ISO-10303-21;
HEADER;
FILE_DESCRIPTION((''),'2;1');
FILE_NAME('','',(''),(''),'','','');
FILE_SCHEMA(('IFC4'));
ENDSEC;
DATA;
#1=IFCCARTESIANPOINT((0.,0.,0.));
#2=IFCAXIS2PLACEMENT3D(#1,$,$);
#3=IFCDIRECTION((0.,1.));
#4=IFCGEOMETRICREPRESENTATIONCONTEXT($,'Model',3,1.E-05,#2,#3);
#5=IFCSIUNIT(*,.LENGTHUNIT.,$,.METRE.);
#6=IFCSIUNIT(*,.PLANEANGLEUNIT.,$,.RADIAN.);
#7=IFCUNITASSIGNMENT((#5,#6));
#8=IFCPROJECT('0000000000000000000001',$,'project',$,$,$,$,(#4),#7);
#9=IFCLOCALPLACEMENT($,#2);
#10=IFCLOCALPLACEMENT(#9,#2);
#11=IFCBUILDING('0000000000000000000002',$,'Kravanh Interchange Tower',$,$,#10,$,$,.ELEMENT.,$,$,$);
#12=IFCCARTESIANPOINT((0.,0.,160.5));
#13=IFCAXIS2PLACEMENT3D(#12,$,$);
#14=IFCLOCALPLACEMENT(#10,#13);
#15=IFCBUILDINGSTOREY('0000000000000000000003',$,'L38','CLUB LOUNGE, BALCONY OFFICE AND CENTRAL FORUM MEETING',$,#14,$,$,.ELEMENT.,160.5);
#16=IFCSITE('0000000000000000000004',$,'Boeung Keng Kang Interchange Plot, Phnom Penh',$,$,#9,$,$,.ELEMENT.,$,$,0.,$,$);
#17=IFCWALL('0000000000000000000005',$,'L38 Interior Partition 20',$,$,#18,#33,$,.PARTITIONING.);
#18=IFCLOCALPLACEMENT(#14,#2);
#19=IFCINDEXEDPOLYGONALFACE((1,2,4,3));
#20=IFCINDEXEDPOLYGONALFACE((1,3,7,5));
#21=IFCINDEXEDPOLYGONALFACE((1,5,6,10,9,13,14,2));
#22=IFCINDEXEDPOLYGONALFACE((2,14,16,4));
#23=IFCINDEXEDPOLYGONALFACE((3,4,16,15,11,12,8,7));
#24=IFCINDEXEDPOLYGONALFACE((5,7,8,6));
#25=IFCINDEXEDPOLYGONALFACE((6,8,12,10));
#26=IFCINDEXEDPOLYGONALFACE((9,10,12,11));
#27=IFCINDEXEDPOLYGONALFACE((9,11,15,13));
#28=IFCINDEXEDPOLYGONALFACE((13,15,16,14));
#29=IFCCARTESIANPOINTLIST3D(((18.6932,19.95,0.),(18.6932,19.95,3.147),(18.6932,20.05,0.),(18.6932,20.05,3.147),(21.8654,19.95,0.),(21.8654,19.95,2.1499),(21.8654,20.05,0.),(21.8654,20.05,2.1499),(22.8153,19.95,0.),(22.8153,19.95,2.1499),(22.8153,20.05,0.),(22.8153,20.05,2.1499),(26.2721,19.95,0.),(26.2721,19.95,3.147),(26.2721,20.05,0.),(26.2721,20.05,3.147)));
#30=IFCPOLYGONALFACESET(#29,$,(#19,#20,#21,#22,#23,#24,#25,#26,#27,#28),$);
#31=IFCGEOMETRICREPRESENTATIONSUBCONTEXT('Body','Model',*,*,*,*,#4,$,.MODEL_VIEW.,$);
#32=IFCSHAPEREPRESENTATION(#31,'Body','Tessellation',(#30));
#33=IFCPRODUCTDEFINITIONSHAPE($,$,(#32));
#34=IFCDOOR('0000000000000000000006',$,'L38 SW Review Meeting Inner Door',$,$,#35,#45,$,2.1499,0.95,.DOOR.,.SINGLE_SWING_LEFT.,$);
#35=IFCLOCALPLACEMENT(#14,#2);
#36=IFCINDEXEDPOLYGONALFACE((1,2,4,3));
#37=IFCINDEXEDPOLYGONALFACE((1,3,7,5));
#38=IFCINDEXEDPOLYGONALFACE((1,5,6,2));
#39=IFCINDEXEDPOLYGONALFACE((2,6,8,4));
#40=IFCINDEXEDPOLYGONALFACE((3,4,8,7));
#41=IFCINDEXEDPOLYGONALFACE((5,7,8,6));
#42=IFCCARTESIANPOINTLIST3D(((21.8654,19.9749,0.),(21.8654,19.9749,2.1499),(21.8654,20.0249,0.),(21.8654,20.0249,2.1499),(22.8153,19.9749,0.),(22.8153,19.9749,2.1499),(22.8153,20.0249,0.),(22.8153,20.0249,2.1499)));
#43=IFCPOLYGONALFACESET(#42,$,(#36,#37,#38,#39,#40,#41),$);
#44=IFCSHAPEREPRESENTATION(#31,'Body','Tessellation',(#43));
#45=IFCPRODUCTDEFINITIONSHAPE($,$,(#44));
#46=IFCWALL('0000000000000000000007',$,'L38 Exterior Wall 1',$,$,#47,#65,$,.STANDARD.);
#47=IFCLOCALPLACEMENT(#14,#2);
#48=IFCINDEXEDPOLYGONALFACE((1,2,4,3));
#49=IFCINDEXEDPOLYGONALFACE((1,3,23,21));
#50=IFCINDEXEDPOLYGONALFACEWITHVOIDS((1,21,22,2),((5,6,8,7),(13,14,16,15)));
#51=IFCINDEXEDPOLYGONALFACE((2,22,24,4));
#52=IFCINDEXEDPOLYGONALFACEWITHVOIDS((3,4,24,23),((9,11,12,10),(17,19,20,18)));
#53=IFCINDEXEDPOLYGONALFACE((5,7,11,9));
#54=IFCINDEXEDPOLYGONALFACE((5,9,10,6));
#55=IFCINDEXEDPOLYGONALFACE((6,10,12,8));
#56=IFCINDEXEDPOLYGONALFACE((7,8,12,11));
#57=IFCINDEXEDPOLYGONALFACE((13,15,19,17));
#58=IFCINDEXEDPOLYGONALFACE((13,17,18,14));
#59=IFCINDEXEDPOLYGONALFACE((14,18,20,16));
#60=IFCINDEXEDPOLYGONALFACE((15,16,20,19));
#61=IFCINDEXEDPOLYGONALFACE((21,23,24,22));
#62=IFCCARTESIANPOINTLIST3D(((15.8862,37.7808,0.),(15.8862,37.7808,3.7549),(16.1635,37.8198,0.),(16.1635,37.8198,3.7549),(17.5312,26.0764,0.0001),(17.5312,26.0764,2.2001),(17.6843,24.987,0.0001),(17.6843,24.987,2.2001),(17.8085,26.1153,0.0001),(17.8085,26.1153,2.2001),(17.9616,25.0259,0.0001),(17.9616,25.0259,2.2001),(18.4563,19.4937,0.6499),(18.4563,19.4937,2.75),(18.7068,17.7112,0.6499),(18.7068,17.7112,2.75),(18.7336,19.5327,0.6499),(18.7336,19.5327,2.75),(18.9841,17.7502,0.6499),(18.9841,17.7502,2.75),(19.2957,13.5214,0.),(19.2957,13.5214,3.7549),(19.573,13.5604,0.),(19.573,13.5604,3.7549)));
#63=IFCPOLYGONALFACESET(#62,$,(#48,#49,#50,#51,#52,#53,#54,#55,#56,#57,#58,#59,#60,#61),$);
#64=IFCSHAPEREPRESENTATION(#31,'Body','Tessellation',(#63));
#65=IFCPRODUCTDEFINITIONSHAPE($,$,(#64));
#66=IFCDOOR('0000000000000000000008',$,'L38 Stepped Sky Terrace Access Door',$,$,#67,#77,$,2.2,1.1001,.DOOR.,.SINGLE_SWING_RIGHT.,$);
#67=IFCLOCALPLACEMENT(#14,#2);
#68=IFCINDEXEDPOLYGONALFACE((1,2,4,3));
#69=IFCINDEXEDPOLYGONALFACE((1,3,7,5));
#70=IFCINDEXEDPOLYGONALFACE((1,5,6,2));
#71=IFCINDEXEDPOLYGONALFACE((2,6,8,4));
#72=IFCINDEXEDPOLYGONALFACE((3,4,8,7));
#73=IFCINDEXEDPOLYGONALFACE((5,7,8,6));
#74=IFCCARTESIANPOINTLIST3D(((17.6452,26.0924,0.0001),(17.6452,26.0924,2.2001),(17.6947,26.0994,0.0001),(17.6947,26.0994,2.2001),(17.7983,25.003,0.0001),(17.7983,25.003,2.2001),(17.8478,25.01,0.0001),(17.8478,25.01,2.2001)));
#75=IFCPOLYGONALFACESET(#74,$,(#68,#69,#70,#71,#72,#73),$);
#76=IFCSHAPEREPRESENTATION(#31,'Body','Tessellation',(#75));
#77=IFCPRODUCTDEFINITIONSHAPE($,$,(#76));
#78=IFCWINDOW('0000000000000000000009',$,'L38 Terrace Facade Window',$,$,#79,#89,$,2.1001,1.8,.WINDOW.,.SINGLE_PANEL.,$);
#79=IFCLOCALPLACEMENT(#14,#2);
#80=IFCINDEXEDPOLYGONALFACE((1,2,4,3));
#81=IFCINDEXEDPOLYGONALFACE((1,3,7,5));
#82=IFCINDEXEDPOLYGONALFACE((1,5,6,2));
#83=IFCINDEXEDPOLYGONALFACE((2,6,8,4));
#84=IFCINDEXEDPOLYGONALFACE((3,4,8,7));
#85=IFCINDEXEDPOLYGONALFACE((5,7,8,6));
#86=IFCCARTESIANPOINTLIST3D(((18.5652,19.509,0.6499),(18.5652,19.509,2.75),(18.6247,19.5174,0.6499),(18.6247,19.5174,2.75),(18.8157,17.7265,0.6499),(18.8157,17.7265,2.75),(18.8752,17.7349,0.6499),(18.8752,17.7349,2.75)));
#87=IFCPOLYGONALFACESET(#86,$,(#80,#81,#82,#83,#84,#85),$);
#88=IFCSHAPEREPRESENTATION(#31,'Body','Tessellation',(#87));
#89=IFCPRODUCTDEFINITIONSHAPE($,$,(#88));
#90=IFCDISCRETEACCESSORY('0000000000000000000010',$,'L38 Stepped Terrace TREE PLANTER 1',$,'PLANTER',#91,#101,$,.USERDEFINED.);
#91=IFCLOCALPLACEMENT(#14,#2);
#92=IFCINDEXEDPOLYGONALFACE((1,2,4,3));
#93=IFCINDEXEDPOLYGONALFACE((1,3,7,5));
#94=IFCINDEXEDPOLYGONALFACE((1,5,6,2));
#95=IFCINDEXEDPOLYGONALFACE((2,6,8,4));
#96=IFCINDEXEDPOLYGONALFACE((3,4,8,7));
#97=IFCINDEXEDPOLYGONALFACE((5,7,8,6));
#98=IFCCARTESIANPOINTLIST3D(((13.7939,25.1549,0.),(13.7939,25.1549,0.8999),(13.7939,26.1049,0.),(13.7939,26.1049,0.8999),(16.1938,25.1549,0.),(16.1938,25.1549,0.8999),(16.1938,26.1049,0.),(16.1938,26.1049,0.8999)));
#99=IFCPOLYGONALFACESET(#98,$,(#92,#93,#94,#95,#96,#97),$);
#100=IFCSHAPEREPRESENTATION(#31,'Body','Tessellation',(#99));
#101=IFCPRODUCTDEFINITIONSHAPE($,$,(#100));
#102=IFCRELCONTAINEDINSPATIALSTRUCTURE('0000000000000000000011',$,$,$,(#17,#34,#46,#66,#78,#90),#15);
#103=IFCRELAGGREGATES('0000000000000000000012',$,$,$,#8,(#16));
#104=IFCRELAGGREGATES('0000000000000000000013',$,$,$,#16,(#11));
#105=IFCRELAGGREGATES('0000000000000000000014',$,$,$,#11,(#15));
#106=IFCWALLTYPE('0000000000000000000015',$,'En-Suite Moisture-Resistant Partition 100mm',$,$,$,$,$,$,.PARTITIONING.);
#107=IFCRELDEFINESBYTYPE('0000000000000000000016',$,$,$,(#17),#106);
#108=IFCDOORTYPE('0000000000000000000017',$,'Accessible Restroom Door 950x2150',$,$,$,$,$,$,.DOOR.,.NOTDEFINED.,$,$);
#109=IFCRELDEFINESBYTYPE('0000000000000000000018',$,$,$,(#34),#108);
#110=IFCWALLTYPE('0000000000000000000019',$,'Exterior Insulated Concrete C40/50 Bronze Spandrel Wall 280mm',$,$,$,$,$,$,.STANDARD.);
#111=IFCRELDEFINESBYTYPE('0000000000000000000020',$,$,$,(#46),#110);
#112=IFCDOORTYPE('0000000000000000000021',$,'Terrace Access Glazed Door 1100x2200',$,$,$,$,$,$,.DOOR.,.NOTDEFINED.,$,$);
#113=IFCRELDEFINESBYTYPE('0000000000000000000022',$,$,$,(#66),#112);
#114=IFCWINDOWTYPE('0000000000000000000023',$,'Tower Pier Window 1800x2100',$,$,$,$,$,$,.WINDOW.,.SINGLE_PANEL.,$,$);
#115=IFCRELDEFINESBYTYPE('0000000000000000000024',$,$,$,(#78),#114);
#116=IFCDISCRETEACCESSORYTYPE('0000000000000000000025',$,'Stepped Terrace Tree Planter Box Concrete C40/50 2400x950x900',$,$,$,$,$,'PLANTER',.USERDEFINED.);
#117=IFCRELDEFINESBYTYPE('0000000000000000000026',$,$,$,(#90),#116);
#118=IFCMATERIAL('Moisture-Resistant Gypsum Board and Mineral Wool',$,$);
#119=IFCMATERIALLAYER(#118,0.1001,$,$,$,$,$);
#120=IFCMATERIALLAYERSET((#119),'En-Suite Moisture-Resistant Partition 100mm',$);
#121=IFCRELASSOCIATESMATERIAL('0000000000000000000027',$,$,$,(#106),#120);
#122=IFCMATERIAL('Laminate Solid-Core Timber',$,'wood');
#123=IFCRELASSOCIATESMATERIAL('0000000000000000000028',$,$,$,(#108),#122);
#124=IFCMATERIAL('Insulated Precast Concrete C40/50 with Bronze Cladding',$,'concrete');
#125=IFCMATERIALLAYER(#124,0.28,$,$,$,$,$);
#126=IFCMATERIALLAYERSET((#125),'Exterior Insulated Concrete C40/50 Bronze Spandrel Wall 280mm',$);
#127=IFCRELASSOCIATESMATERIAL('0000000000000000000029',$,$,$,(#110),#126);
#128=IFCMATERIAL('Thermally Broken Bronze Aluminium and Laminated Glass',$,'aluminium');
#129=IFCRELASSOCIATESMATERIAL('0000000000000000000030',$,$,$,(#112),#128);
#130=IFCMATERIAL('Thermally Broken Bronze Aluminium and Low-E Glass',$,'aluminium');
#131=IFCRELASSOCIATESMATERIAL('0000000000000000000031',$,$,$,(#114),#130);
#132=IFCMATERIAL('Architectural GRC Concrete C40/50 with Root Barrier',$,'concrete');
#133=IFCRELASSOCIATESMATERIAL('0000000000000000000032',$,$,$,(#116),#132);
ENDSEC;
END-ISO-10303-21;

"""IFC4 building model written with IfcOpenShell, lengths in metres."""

from ifc_helpers import new_model, si_unit, direction, frame, frame_2d, origin, origin_2d, place, context, subcontext, project, spatial, rectangle, extrude, material, layer, layer_set, type_object, element, fill, save


model = new_model("IFC4")

# Units and contexts
model_context = context("Model", 3, precision=1e-05, world=origin(), true_north=direction((0.0, 1.0)))
body_context = subcontext(model_context, "Body", "Model", "MODEL_VIEW")
ifc_project = project(units=[si_unit("LENGTHUNIT", "METRE"), si_unit("PLANEANGLEUNIT", "RADIAN")], contexts=[model_context])

# Site, building, storey
site_placement = place(None, origin())
site = spatial("IfcSite", under=ifc_project, at=site_placement, Name="Boeung Keng Kang Interchange Plot, Phnom Penh", CompositionType="ELEMENT", RefElevation=0.0)
building_placement = place(site_placement, origin())
building = spatial("IfcBuilding", under=site, at=building_placement, Name="Kravanh Interchange Tower", CompositionType="ELEMENT")
storey_placement = place(building_placement, frame((0.0, 0.0, 160.5)))
storey = spatial("IfcBuildingStorey", under=building, at=storey_placement, Name="L38", Description="CLUB LOUNGE, BALCONY OFFICE AND CENTRAL FORUM MEETING", CompositionType="ELEMENT", Elevation=160.5)

# Wall, opening, door
ifc_material_1 = material(Name="Moisture-Resistant Gypsum Board and Mineral Wool")
ifc_layer_1 = layer(ifc_material_1, 0.1001)
ifc_layer_set_1 = layer_set([ifc_layer_1], Name="En-Suite Moisture-Resistant Partition 100mm")
wall_type_1 = type_object("IfcWallType", Name="En-Suite Moisture-Resistant Partition 100mm", PredefinedType="PARTITIONING", material=ifc_layer_set_1)
wall_1_placement = place(storey_placement, frame((18.6931, 20.0, 0.0), z_axis=(0.0, 0.0, 1.0), x_axis=(1.0, 0.0, 0.0)))
wall_1 = element("IfcWall", 1, at=wall_1_placement, inside=storey, type_object=wall_type_1, Name="L38 Interior Partition 20", PredefinedType="PARTITIONING", context=body_context, shape_type="SweptSolid", body=[
    extrude(rectangle(XDim=7.5789, YDim=0.1001, at=frame_2d((3.7896, 0.0))), origin(), (0.0, 0.0, 1.0), 3.147),
])
opening_1_placement = place(wall_1_placement, frame((3.1721, 0.0, 0.0)))
opening_1 = element("IfcOpeningElement", 2, at=opening_1_placement, cuts=wall_1, PredefinedType="OPENING", context=body_context, shape_type="SweptSolid", body=[
    extrude(rectangle(XDim=0.95, YDim=2.1499, at=frame_2d((0.4751, 1.075))), frame((0.0, 0.0601, 0.0), z_axis=(0.0, -1.0, 0.0), x_axis=(1.0, 0.0, 0.0)), (0.0, 0.0, 1.0), 0.1201),
])
ifc_material_2 = material(Name="Laminate Solid-Core Timber", Category="wood")
door_type_1 = type_object("IfcDoorType", Name="Accessible Restroom Door 950x2150", OperationType="NOTDEFINED", PredefinedType="DOOR", material=ifc_material_2)
door_1_placement = place(opening_1_placement, origin())
door_1 = element("IfcDoor", 3, at=door_1_placement, inside=storey, type_object=door_type_1, Name="L38 SW Review Meeting Inner Door", OperationType="SINGLE_SWING_LEFT", OverallHeight=2.1499, OverallWidth=0.95, PredefinedType="DOOR", context=body_context, shape_type="SweptSolid", body=[
    extrude(rectangle(XDim=0.95, YDim=2.1499, at=frame_2d((0.4751, 1.075))), frame((0.0, 0.0249, 0.0), z_axis=(0.0, -1.0, 0.0), x_axis=(1.0, 0.0, 0.0)), (0.0, 0.0, 1.0), 0.05),
])
fill(opening_1, door_1)

# Wall, openings, door, window
ifc_material_3 = material(Name="Insulated Precast Concrete C40/50 with Bronze Cladding", Category="concrete")
ifc_layer_2 = layer(ifc_material_3, 0.28)
ifc_layer_set_2 = layer_set([ifc_layer_2], Name="Exterior Insulated Concrete C40/50 Bronze Spandrel Wall 280mm")
wall_type_2 = type_object("IfcWallType", Name="Exterior Insulated Concrete C40/50 Bronze Spandrel Wall 280mm", PredefinedType="STANDARD", material=ifc_layer_set_2)
wall_2_placement = place(storey_placement, frame((19.4343, 13.5408, 0.0), z_axis=(0.0, 0.0, 1.0), x_axis=(-0.139173, 0.990268, 0.0)))
wall_2 = element("IfcWall", 4, at=wall_2_placement, inside=storey, type_object=wall_type_2, Name="L38 Exterior Wall 1", PredefinedType="STANDARD", context=body_context, shape_type="SweptSolid", body=[
    extrude(rectangle(XDim=24.4978, YDim=0.28, at=frame_2d((12.249, 0.0))), origin(), (0.0, 0.0, 1.0), 3.7549),
])
opening_2_placement = place(wall_2_placement, frame((11.5784, 0.0, 0.0)))
opening_2 = element("IfcOpeningElement", 5, at=opening_2_placement, cuts=wall_2, PredefinedType="OPENING", context=body_context, shape_type="SweptSolid", body=[
    extrude(rectangle(XDim=1.1001, YDim=2.2, at=frame_2d((0.55, 1.1001))), frame((0.0, 0.1499, 0.0), z_axis=(0.0, -1.0, 0.0), x_axis=(1.0, 0.0, 0.0)), (0.0, 0.0, 1.0), 0.3),
])
opening_3_placement = place(wall_2_placement, frame((4.2312, 0.0, 0.6499)))
opening_3 = element("IfcOpeningElement", 6, at=opening_3_placement, cuts=wall_2, PredefinedType="OPENING", context=body_context, shape_type="SweptSolid", body=[
    extrude(rectangle(XDim=1.8, YDim=2.1001, at=frame_2d((0.8999, 1.05))), frame((0.0, 0.1499, 0.0), z_axis=(0.0, -1.0, 0.0), x_axis=(1.0, 0.0, 0.0)), (0.0, 0.0, 1.0), 0.3),
])
ifc_material_4 = material(Name="Thermally Broken Bronze Aluminium and Laminated Glass", Category="aluminium")
door_type_2 = type_object("IfcDoorType", Name="Terrace Access Glazed Door 1100x2200", OperationType="NOTDEFINED", PredefinedType="DOOR", material=ifc_material_4)
door_2_placement = place(opening_2_placement, origin())
door_2 = element("IfcDoor", 7, at=door_2_placement, inside=storey, type_object=door_type_2, Name="L38 Stepped Sky Terrace Access Door", OperationType="SINGLE_SWING_RIGHT", OverallHeight=2.2, OverallWidth=1.1001, PredefinedType="DOOR", context=body_context, shape_type="SweptSolid", body=[
    extrude(rectangle(XDim=1.1001, YDim=2.2, at=frame_2d((0.55, 1.1001))), frame((0.0, 0.0249, 0.0), z_axis=(0.0, -1.0, 0.0), x_axis=(1.0, 0.0, 0.0)), (0.0, 0.0, 1.0), 0.05),
])
fill(opening_2, door_2)
ifc_material_5 = material(Name="Thermally Broken Bronze Aluminium and Low-E Glass", Category="aluminium")
window_type = type_object("IfcWindowType", Name="Tower Pier Window 1800x2100", PartitioningType="SINGLE_PANEL", PredefinedType="WINDOW", material=ifc_material_5)
window_placement = place(opening_3_placement, origin())
window = element("IfcWindow", 8, at=window_placement, inside=storey, type_object=window_type, Name="L38 Terrace Facade Window", OverallHeight=2.1001, OverallWidth=1.8, PartitioningType="SINGLE_PANEL", PredefinedType="WINDOW", context=body_context, shape_type="SweptSolid", body=[
    extrude(rectangle(XDim=1.8, YDim=2.1001, at=frame_2d((0.8999, 1.05))), frame((0.0, 0.03, 0.0), z_axis=(0.0, -1.0, 0.0), x_axis=(1.0, 0.0, 0.0)), (0.0, 0.0, 1.0), 0.0601),
])
fill(opening_3, window)

# Discrete accessory
ifc_material_6 = material(Name="Architectural GRC Concrete C40/50 with Root Barrier", Category="concrete")
discrete_accessory_type = type_object("IfcDiscreteAccessoryType", Name="Stepped Terrace Tree Planter Box Concrete C40/50 2400x950x900", ElementType="PLANTER", PredefinedType="USERDEFINED", material=ifc_material_6)
discrete_accessory_placement = place(storey_placement, frame((14.9939, 25.6299, 0.0), z_axis=(0.0, 0.0, 1.0), x_axis=(1.0, 0.0, 0.0)))
element("IfcDiscreteAccessory", 9, at=discrete_accessory_placement, inside=storey, type_object=discrete_accessory_type, Name="L38 Stepped Terrace TREE PLANTER 1", ObjectType="PLANTER", PredefinedType="USERDEFINED", context=body_context, shape_type="SweptSolid", body=[
    extrude(rectangle(XDim=2.3999, YDim=0.95, at=origin_2d()), origin(), (0.0, 0.0, 1.0), 0.8999),
])

save(model, "model.ifc")
